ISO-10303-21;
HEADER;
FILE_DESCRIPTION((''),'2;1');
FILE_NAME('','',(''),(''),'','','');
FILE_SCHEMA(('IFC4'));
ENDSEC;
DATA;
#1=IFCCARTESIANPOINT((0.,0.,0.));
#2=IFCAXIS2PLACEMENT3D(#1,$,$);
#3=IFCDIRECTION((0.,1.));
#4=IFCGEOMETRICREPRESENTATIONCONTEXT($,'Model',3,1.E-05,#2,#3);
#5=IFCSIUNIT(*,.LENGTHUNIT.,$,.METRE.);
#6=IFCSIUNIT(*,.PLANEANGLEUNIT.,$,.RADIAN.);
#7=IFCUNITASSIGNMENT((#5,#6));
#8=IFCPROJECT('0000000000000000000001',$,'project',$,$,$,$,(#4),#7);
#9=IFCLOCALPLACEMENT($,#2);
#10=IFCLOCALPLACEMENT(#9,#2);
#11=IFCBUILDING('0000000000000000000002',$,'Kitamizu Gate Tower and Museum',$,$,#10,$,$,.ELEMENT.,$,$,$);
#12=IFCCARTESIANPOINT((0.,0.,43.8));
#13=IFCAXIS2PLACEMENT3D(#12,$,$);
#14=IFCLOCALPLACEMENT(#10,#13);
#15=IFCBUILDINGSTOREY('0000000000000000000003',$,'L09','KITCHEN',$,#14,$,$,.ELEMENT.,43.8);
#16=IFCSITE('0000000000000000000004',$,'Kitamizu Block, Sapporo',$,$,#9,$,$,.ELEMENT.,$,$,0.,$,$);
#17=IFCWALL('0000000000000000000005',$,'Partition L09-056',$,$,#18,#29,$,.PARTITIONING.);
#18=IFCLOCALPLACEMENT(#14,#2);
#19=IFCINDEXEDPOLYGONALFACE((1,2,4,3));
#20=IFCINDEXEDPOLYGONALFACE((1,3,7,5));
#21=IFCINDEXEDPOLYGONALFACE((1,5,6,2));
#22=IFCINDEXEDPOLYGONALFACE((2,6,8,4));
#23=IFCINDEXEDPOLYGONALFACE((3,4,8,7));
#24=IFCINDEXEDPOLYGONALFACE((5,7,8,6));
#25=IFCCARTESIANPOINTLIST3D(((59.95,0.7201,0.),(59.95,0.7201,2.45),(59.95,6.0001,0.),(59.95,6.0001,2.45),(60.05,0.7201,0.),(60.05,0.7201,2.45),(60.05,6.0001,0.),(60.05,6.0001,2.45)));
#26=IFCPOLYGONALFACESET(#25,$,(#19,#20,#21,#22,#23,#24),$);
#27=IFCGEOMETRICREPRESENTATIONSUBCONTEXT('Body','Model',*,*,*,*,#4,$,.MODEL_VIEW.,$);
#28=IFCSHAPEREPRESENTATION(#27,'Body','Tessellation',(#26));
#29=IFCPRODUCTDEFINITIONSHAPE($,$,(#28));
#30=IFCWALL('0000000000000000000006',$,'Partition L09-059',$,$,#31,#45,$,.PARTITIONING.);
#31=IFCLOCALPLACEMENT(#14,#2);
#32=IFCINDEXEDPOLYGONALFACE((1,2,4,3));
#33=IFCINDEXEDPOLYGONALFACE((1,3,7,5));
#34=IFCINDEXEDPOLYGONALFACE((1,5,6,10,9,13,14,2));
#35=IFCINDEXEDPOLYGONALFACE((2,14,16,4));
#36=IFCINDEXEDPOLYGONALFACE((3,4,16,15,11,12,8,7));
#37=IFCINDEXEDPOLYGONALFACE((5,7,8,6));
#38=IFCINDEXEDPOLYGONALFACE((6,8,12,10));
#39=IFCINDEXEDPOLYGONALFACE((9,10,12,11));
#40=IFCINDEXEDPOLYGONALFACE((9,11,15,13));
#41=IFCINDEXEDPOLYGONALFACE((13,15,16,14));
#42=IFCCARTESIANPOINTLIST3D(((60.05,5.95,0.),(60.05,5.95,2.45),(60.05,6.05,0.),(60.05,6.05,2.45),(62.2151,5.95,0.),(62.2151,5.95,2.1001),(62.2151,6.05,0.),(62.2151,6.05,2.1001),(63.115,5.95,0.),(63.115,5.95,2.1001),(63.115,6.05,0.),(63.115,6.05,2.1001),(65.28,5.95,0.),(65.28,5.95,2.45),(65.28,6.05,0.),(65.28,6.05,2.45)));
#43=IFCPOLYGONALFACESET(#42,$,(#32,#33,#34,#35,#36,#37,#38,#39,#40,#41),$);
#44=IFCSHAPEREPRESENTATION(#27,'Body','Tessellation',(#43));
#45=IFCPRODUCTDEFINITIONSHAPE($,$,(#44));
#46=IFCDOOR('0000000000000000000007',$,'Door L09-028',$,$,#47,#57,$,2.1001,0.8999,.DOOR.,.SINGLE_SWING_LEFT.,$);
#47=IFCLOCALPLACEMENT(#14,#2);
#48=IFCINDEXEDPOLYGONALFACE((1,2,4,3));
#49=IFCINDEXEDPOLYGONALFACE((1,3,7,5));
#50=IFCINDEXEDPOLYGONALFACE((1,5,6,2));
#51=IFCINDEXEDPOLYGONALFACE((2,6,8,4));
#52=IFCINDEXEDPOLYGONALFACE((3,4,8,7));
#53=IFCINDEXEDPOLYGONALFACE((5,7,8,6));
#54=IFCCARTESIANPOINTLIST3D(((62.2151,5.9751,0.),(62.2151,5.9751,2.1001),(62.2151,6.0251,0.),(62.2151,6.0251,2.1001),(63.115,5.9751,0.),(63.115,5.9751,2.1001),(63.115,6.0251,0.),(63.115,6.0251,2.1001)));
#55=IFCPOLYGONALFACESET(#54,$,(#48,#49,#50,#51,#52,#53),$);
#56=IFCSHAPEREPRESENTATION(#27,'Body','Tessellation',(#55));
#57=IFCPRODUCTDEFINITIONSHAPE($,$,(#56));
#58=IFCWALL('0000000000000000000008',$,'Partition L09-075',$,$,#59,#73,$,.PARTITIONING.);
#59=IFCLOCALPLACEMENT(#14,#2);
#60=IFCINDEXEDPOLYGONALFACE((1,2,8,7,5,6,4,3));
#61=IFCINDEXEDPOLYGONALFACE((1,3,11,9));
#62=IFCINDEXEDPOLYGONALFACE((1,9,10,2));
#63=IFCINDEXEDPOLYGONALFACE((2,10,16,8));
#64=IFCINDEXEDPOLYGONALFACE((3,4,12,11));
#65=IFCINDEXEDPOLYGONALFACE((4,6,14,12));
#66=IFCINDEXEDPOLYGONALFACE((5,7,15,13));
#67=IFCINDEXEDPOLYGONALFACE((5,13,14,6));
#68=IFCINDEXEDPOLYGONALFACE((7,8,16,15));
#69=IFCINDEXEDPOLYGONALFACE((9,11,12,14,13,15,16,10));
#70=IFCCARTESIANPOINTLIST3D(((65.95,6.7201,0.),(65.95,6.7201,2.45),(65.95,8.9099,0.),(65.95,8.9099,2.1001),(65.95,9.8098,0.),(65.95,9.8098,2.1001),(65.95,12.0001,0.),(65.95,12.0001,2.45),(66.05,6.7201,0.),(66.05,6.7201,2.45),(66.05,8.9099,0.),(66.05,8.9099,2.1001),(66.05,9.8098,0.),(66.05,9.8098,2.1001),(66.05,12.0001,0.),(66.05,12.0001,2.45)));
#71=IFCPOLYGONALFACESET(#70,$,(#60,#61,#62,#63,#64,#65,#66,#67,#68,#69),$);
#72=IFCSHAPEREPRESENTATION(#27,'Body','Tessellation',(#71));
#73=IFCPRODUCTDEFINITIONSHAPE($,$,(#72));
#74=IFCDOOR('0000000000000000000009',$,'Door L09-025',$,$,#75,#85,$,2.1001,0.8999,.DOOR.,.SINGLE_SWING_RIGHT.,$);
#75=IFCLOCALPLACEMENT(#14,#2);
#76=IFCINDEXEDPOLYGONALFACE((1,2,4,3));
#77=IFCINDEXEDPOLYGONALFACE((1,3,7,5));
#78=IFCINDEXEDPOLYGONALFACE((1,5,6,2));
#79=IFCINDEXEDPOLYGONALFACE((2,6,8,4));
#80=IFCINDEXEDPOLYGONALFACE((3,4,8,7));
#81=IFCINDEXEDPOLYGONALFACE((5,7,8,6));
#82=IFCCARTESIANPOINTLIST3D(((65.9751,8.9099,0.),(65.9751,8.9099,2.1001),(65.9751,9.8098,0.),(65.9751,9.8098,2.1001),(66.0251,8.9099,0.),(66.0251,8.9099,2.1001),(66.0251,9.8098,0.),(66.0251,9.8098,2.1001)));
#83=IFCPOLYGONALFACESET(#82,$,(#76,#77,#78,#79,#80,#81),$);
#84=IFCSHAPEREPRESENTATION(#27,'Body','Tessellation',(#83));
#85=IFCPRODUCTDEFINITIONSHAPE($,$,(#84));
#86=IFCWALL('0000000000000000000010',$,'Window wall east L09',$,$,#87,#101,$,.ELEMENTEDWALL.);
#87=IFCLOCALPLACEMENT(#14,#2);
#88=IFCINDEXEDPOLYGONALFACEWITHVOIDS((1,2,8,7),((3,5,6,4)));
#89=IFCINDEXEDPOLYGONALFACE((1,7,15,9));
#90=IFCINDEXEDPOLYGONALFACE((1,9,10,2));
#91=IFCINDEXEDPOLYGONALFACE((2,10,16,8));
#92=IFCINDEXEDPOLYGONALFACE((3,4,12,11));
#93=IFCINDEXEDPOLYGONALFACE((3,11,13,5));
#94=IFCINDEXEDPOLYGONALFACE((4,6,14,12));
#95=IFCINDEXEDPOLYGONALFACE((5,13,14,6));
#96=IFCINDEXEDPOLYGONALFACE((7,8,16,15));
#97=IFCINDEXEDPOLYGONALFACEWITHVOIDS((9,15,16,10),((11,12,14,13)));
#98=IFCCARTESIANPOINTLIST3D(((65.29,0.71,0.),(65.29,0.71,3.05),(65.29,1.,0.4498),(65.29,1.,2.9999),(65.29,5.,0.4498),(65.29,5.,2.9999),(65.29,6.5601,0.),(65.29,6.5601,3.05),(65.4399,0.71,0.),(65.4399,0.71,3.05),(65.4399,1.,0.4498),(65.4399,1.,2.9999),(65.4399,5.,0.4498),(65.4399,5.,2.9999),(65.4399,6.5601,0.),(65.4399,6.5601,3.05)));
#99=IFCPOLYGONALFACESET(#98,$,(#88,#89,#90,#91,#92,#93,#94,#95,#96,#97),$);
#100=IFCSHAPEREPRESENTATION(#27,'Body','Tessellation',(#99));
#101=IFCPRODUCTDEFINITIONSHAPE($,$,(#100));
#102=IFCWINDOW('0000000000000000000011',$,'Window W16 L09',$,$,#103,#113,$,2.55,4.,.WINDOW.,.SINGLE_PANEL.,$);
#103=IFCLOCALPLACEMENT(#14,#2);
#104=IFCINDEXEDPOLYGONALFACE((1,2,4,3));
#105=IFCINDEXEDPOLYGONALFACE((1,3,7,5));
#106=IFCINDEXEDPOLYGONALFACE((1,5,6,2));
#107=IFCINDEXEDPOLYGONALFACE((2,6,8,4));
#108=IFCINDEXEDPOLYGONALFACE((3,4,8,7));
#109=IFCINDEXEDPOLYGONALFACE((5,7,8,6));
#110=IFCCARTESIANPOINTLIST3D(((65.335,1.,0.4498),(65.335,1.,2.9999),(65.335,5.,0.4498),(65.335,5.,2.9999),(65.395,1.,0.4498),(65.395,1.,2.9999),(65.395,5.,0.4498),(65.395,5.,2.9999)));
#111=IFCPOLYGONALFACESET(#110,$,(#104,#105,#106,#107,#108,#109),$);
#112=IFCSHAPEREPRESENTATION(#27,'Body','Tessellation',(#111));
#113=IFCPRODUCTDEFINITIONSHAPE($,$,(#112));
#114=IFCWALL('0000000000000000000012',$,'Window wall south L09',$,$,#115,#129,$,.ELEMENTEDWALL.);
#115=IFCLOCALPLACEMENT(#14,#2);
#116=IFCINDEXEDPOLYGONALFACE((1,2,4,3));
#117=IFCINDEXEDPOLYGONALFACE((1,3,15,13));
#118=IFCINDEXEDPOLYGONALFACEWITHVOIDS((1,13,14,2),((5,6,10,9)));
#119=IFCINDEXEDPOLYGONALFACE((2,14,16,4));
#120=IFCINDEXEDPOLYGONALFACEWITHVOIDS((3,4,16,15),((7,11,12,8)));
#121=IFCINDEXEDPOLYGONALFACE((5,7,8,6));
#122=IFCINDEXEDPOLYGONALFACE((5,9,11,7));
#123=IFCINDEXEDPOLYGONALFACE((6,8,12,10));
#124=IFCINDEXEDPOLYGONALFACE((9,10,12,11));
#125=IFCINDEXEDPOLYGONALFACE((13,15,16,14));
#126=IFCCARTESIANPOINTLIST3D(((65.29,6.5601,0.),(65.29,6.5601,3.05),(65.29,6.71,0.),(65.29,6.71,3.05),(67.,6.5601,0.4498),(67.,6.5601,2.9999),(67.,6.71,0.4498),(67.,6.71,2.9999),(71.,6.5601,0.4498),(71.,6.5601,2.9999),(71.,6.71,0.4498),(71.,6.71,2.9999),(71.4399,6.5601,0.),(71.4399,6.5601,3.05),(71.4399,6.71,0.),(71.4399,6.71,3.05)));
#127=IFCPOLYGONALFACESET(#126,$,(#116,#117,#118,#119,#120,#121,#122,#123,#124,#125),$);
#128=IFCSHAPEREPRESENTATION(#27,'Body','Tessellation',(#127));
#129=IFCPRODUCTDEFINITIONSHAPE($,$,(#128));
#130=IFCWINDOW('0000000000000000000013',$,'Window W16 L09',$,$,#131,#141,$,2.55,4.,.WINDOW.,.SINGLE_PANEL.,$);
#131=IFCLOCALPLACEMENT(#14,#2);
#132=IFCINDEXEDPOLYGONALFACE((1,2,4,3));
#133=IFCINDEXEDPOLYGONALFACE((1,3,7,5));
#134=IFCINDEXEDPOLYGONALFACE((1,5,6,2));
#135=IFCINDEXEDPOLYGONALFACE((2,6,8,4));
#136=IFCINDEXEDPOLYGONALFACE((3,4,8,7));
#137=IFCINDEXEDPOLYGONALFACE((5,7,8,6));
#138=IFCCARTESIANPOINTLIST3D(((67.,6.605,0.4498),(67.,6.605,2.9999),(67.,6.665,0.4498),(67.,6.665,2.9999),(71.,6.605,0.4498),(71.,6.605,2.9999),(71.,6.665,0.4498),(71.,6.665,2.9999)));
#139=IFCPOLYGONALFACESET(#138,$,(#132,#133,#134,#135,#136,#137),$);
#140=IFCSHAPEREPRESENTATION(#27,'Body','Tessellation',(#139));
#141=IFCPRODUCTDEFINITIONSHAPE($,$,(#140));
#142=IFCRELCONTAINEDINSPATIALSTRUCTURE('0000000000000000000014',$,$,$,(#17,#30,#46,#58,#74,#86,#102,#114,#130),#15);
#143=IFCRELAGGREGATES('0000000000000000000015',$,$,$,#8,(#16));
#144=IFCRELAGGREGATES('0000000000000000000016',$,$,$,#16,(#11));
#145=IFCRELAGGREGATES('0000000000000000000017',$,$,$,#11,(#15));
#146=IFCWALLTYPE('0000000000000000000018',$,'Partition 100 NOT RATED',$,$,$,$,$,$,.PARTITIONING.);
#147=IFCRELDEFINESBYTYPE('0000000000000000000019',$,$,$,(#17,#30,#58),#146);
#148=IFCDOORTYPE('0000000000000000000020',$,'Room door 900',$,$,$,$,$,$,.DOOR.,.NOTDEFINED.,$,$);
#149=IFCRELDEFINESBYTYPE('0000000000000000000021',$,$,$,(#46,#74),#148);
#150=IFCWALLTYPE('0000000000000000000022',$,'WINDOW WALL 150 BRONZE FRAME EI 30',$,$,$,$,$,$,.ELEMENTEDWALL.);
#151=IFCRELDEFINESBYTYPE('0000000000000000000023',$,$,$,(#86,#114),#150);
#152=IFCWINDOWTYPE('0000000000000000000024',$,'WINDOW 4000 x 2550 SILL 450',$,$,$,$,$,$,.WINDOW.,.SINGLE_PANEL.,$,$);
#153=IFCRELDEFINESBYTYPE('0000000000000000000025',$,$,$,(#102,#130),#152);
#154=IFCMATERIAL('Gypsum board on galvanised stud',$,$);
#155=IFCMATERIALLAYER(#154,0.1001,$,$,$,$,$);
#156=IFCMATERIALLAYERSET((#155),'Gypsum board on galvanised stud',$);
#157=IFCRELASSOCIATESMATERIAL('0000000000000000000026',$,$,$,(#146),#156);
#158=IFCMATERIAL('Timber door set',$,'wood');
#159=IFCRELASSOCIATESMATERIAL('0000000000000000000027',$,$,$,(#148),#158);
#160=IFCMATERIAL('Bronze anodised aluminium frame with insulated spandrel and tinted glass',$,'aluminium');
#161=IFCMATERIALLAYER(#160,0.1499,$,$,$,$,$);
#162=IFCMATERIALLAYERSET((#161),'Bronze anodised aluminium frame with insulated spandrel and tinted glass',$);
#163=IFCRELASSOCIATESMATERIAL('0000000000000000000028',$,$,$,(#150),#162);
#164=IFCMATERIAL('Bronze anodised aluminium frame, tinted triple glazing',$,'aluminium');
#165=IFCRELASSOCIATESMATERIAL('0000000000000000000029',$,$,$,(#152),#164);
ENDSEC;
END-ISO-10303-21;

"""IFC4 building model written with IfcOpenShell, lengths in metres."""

from ifc_helpers import new_model, si_unit, direction, frame, frame_2d, origin, place, context, subcontext, project, spatial, rectangle, extrude, material, layer, layer_set, type_object, element, fill, save


model = new_model("IFC4")

# Units and contexts
model_context = context("Model", 3, precision=1e-05, world=origin(), true_north=direction((0.0, 1.0)))
body_context = subcontext(model_context, "Body", "Model", "MODEL_VIEW")
ifc_project = project(units=[si_unit("LENGTHUNIT", "METRE"), si_unit("PLANEANGLEUNIT", "RADIAN")], contexts=[model_context])

# Site, building, storey
site_placement = place(None, origin())
site = spatial("IfcSite", under=ifc_project, at=site_placement, Name="Kitamizu Block, Sapporo", CompositionType="ELEMENT", RefElevation=0.0)
building_placement = place(site_placement, origin())
building = spatial("IfcBuilding", under=site, at=building_placement, Name="Kitamizu Gate Tower and Museum", CompositionType="ELEMENT")
storey_placement = place(building_placement, frame((0.0, 0.0, 43.8)))
storey = spatial("IfcBuildingStorey", under=building, at=storey_placement, Name="L09", Description="KITCHEN", CompositionType="ELEMENT", Elevation=43.8)

# Wall
ifc_material_1 = material(Name="Gypsum board on galvanised stud")
ifc_layer_1 = layer(ifc_material_1, 0.1001)
ifc_layer_set_1 = layer_set([ifc_layer_1], Name="Gypsum board on galvanised stud")
wall_type_1 = type_object("IfcWallType", Name="Partition 100 NOT RATED", PredefinedType="PARTITIONING", material=ifc_layer_set_1)
wall_1_placement = place(storey_placement, frame((60.0, 0.72, 0.0), z_axis=(0.0, 0.0, 1.0), x_axis=(0.0, 1.0, 0.0)))
element("IfcWall", 1, at=wall_1_placement, inside=storey, type_object=wall_type_1, Name="Partition L09-056", PredefinedType="PARTITIONING", context=body_context, shape_type="SweptSolid", body=[
    extrude(rectangle(XDim=5.28, YDim=0.1001, at=frame_2d((2.6401, 0.0))), origin(), (0.0, 0.0, 1.0), 2.45),
])

# Walls, openings, doors
wall_2_placement = place(storey_placement, frame((65.28, 6.0, 0.0), z_axis=(0.0, 0.0, 1.0), x_axis=(-1.0, 0.0, 0.0)))
wall_2 = element("IfcWall", 2, at=wall_2_placement, inside=storey, type_object=wall_type_1, Name="Partition L09-059", PredefinedType="PARTITIONING", context=body_context, shape_type="SweptSolid", body=[
    extrude(rectangle(XDim=5.23, YDim=0.1001, at=frame_2d((2.615, 0.0))), origin(), (0.0, 0.0, 1.0), 2.45),
])
opening_1_placement = place(wall_2_placement, frame((2.165, 0.0, 0.0)))
opening_1 = element("IfcOpeningElement", 3, at=opening_1_placement, cuts=wall_2, PredefinedType="OPENING", context=body_context, shape_type="SweptSolid", body=[
    extrude(rectangle(XDim=0.8999, YDim=2.1001, at=frame_2d((0.45, 1.05))), frame((0.0, 0.0601, 0.0), z_axis=(0.0, -1.0, 0.0), x_axis=(1.0, 0.0, 0.0)), (0.0, 0.0, 1.0), 0.1201),
])
ifc_material_2 = material(Name="Timber door set", Category="wood")
door_type = type_object("IfcDoorType", Name="Room door 900", OperationType="NOTDEFINED", PredefinedType="DOOR", material=ifc_material_2)
door_1_placement = place(opening_1_placement, origin())
door_1 = element("IfcDoor", 4, at=door_1_placement, inside=storey, type_object=door_type, Name="Door L09-028", OperationType="SINGLE_SWING_LEFT", OverallHeight=2.1001, OverallWidth=0.8999, PredefinedType="DOOR", context=body_context, shape_type="SweptSolid", body=[
    extrude(rectangle(XDim=0.8999, YDim=2.1001, at=frame_2d((0.45, 1.05))), frame((0.0, 0.0249, 0.0), z_axis=(0.0, -1.0, 0.0), x_axis=(1.0, 0.0, 0.0)), (0.0, 0.0, 1.0), 0.05),
])
fill(opening_1, door_1)
wall_3_placement = place(storey_placement, frame((66.0, 6.72, 0.0), z_axis=(0.0, 0.0, 1.0), x_axis=(0.0, 1.0, 0.0)))
wall_3 = element("IfcWall", 5, at=wall_3_placement, inside=storey, type_object=wall_type_1, Name="Partition L09-075", PredefinedType="PARTITIONING", context=body_context, shape_type="SweptSolid", body=[
    extrude(rectangle(XDim=5.28, YDim=0.1001, at=frame_2d((2.6401, 0.0))), origin(), (0.0, 0.0, 1.0), 2.45),
])
opening_2_placement = place(wall_3_placement, frame((2.1899, 0.0, 0.0)))
opening_2 = element("IfcOpeningElement", 6, at=opening_2_placement, cuts=wall_3, PredefinedType="OPENING", context=body_context, shape_type="SweptSolid", body=[
    extrude(rectangle(XDim=0.8999, YDim=2.1001, at=frame_2d((0.45, 1.05))), frame((0.0, 0.0601, 0.0), z_axis=(0.0, -1.0, 0.0), x_axis=(1.0, 0.0, 0.0)), (0.0, 0.0, 1.0), 0.1201),
])
door_2_placement = place(opening_2_placement, origin())
door_2 = element("IfcDoor", 7, at=door_2_placement, inside=storey, type_object=door_type, Name="Door L09-025", OperationType="SINGLE_SWING_RIGHT", OverallHeight=2.1001, OverallWidth=0.8999, PredefinedType="DOOR", context=body_context, shape_type="SweptSolid", body=[
    extrude(rectangle(XDim=0.8999, YDim=2.1001, at=frame_2d((0.45, 1.05))), frame((0.0, 0.0249, 0.0), z_axis=(0.0, -1.0, 0.0), x_axis=(1.0, 0.0, 0.0)), (0.0, 0.0, 1.0), 0.05),
])
fill(opening_2, door_2)

# Walls, openings, windows
ifc_material_3 = material(Name="Bronze anodised aluminium frame with insulated spandrel and tinted glass", Category="aluminium")
ifc_layer_2 = layer(ifc_material_3, 0.1499)
ifc_layer_set_2 = layer_set([ifc_layer_2], Name="Bronze anodised aluminium frame with insulated spandrel and tinted glass")
wall_type_2 = type_object("IfcWallType", Name="WINDOW WALL 150 BRONZE FRAME EI 30", PredefinedType="ELEMENTEDWALL", material=ifc_layer_set_2)
wall_4_placement = place(storey_placement, frame((65.365, 0.71, 0.0), z_axis=(0.0, 0.0, 1.0), x_axis=(0.0, 1.0, 0.0)))
wall_4 = element("IfcWall", 8, at=wall_4_placement, inside=storey, type_object=wall_type_2, Name="Window wall east L09", PredefinedType="ELEMENTEDWALL", context=body_context, shape_type="SweptSolid", body=[
    extrude(rectangle(XDim=5.8501, YDim=0.1499, at=frame_2d((2.925, 0.0))), origin(), (0.0, 0.0, 1.0), 3.05),
])
opening_3_placement = place(wall_4_placement, frame((0.29, 0.0, 0.45)))
opening_3 = element("IfcOpeningElement", 9, at=opening_3_placement, cuts=wall_4, PredefinedType="OPENING", context=body_context, shape_type="SweptSolid", body=[
    extrude(rectangle(XDim=4.0, YDim=2.55, at=frame_2d((2.0, 1.2749))), frame((0.0, 0.085, 0.0), z_axis=(0.0, -1.0, 0.0), x_axis=(1.0, 0.0, 0.0)), (0.0, 0.0, 1.0), 0.1699),
])
ifc_material_4 = material(Name="Bronze anodised aluminium frame, tinted triple glazing", Category="aluminium")
window_type_1 = type_object("IfcWindowType", Name="WINDOW 4000 x 2550 SILL 450", PartitioningType="SINGLE_PANEL", PredefinedType="WINDOW", material=ifc_material_4)
window_1_placement = place(opening_3_placement, origin())
window_1 = element("IfcWindow", 10, at=window_1_placement, inside=storey, type_object=window_type_1, Name="Window W16 L09", OverallHeight=2.55, OverallWidth=4.0, PartitioningType="SINGLE_PANEL", PredefinedType="WINDOW", context=body_context, shape_type="SweptSolid", body=[
    extrude(rectangle(XDim=4.0, YDim=2.55, at=frame_2d((2.0, 1.2749))), frame((0.0, 0.03, 0.0), z_axis=(0.0, -1.0, 0.0), x_axis=(1.0, 0.0, 0.0)), (0.0, 0.0, 1.0), 0.0601),
])
fill(opening_3, window_1)
wall_5_placement = place(storey_placement, frame((65.29, 6.635, 0.0), z_axis=(0.0, 0.0, 1.0), x_axis=(1.0, 0.0, 0.0)))
wall_5 = element("IfcWall", 11, at=wall_5_placement, inside=storey, type_object=wall_type_2, Name="Window wall south L09", PredefinedType="ELEMENTEDWALL", context=body_context, shape_type="SweptSolid", body=[
    extrude(rectangle(XDim=6.1499, YDim=0.1499, at=frame_2d((3.075, 0.0))), origin(), (0.0, 0.0, 1.0), 3.05),
])
opening_4_placement = place(wall_5_placement, frame((1.71, 0.0, 0.45)))
opening_4 = element("IfcOpeningElement", 12, at=opening_4_placement, cuts=wall_5, PredefinedType="OPENING", context=body_context, shape_type="SweptSolid", body=[
    extrude(rectangle(XDim=4.0, YDim=2.55, at=frame_2d((2.0, 1.2749))), frame((0.0, 0.085, 0.0), z_axis=(0.0, -1.0, 0.0), x_axis=(1.0, 0.0, 0.0)), (0.0, 0.0, 1.0), 0.1699),
])
window_2_placement = place(opening_4_placement, origin())
window_2 = element("IfcWindow", 13, at=window_2_placement, inside=storey, type_object=window_type_1, Name="Window W16 L09", OverallHeight=2.55, OverallWidth=4.0, PartitioningType="SINGLE_PANEL", PredefinedType="WINDOW", context=body_context, shape_type="SweptSolid", body=[
    extrude(rectangle(XDim=4.0, YDim=2.55, at=frame_2d((2.0, 1.2749))), frame((0.0, 0.03, 0.0), z_axis=(0.0, -1.0, 0.0), x_axis=(1.0, 0.0, 0.0)), (0.0, 0.0, 1.0), 0.0601),
])
fill(opening_4, window_2)

save(model, "model.ifc")
